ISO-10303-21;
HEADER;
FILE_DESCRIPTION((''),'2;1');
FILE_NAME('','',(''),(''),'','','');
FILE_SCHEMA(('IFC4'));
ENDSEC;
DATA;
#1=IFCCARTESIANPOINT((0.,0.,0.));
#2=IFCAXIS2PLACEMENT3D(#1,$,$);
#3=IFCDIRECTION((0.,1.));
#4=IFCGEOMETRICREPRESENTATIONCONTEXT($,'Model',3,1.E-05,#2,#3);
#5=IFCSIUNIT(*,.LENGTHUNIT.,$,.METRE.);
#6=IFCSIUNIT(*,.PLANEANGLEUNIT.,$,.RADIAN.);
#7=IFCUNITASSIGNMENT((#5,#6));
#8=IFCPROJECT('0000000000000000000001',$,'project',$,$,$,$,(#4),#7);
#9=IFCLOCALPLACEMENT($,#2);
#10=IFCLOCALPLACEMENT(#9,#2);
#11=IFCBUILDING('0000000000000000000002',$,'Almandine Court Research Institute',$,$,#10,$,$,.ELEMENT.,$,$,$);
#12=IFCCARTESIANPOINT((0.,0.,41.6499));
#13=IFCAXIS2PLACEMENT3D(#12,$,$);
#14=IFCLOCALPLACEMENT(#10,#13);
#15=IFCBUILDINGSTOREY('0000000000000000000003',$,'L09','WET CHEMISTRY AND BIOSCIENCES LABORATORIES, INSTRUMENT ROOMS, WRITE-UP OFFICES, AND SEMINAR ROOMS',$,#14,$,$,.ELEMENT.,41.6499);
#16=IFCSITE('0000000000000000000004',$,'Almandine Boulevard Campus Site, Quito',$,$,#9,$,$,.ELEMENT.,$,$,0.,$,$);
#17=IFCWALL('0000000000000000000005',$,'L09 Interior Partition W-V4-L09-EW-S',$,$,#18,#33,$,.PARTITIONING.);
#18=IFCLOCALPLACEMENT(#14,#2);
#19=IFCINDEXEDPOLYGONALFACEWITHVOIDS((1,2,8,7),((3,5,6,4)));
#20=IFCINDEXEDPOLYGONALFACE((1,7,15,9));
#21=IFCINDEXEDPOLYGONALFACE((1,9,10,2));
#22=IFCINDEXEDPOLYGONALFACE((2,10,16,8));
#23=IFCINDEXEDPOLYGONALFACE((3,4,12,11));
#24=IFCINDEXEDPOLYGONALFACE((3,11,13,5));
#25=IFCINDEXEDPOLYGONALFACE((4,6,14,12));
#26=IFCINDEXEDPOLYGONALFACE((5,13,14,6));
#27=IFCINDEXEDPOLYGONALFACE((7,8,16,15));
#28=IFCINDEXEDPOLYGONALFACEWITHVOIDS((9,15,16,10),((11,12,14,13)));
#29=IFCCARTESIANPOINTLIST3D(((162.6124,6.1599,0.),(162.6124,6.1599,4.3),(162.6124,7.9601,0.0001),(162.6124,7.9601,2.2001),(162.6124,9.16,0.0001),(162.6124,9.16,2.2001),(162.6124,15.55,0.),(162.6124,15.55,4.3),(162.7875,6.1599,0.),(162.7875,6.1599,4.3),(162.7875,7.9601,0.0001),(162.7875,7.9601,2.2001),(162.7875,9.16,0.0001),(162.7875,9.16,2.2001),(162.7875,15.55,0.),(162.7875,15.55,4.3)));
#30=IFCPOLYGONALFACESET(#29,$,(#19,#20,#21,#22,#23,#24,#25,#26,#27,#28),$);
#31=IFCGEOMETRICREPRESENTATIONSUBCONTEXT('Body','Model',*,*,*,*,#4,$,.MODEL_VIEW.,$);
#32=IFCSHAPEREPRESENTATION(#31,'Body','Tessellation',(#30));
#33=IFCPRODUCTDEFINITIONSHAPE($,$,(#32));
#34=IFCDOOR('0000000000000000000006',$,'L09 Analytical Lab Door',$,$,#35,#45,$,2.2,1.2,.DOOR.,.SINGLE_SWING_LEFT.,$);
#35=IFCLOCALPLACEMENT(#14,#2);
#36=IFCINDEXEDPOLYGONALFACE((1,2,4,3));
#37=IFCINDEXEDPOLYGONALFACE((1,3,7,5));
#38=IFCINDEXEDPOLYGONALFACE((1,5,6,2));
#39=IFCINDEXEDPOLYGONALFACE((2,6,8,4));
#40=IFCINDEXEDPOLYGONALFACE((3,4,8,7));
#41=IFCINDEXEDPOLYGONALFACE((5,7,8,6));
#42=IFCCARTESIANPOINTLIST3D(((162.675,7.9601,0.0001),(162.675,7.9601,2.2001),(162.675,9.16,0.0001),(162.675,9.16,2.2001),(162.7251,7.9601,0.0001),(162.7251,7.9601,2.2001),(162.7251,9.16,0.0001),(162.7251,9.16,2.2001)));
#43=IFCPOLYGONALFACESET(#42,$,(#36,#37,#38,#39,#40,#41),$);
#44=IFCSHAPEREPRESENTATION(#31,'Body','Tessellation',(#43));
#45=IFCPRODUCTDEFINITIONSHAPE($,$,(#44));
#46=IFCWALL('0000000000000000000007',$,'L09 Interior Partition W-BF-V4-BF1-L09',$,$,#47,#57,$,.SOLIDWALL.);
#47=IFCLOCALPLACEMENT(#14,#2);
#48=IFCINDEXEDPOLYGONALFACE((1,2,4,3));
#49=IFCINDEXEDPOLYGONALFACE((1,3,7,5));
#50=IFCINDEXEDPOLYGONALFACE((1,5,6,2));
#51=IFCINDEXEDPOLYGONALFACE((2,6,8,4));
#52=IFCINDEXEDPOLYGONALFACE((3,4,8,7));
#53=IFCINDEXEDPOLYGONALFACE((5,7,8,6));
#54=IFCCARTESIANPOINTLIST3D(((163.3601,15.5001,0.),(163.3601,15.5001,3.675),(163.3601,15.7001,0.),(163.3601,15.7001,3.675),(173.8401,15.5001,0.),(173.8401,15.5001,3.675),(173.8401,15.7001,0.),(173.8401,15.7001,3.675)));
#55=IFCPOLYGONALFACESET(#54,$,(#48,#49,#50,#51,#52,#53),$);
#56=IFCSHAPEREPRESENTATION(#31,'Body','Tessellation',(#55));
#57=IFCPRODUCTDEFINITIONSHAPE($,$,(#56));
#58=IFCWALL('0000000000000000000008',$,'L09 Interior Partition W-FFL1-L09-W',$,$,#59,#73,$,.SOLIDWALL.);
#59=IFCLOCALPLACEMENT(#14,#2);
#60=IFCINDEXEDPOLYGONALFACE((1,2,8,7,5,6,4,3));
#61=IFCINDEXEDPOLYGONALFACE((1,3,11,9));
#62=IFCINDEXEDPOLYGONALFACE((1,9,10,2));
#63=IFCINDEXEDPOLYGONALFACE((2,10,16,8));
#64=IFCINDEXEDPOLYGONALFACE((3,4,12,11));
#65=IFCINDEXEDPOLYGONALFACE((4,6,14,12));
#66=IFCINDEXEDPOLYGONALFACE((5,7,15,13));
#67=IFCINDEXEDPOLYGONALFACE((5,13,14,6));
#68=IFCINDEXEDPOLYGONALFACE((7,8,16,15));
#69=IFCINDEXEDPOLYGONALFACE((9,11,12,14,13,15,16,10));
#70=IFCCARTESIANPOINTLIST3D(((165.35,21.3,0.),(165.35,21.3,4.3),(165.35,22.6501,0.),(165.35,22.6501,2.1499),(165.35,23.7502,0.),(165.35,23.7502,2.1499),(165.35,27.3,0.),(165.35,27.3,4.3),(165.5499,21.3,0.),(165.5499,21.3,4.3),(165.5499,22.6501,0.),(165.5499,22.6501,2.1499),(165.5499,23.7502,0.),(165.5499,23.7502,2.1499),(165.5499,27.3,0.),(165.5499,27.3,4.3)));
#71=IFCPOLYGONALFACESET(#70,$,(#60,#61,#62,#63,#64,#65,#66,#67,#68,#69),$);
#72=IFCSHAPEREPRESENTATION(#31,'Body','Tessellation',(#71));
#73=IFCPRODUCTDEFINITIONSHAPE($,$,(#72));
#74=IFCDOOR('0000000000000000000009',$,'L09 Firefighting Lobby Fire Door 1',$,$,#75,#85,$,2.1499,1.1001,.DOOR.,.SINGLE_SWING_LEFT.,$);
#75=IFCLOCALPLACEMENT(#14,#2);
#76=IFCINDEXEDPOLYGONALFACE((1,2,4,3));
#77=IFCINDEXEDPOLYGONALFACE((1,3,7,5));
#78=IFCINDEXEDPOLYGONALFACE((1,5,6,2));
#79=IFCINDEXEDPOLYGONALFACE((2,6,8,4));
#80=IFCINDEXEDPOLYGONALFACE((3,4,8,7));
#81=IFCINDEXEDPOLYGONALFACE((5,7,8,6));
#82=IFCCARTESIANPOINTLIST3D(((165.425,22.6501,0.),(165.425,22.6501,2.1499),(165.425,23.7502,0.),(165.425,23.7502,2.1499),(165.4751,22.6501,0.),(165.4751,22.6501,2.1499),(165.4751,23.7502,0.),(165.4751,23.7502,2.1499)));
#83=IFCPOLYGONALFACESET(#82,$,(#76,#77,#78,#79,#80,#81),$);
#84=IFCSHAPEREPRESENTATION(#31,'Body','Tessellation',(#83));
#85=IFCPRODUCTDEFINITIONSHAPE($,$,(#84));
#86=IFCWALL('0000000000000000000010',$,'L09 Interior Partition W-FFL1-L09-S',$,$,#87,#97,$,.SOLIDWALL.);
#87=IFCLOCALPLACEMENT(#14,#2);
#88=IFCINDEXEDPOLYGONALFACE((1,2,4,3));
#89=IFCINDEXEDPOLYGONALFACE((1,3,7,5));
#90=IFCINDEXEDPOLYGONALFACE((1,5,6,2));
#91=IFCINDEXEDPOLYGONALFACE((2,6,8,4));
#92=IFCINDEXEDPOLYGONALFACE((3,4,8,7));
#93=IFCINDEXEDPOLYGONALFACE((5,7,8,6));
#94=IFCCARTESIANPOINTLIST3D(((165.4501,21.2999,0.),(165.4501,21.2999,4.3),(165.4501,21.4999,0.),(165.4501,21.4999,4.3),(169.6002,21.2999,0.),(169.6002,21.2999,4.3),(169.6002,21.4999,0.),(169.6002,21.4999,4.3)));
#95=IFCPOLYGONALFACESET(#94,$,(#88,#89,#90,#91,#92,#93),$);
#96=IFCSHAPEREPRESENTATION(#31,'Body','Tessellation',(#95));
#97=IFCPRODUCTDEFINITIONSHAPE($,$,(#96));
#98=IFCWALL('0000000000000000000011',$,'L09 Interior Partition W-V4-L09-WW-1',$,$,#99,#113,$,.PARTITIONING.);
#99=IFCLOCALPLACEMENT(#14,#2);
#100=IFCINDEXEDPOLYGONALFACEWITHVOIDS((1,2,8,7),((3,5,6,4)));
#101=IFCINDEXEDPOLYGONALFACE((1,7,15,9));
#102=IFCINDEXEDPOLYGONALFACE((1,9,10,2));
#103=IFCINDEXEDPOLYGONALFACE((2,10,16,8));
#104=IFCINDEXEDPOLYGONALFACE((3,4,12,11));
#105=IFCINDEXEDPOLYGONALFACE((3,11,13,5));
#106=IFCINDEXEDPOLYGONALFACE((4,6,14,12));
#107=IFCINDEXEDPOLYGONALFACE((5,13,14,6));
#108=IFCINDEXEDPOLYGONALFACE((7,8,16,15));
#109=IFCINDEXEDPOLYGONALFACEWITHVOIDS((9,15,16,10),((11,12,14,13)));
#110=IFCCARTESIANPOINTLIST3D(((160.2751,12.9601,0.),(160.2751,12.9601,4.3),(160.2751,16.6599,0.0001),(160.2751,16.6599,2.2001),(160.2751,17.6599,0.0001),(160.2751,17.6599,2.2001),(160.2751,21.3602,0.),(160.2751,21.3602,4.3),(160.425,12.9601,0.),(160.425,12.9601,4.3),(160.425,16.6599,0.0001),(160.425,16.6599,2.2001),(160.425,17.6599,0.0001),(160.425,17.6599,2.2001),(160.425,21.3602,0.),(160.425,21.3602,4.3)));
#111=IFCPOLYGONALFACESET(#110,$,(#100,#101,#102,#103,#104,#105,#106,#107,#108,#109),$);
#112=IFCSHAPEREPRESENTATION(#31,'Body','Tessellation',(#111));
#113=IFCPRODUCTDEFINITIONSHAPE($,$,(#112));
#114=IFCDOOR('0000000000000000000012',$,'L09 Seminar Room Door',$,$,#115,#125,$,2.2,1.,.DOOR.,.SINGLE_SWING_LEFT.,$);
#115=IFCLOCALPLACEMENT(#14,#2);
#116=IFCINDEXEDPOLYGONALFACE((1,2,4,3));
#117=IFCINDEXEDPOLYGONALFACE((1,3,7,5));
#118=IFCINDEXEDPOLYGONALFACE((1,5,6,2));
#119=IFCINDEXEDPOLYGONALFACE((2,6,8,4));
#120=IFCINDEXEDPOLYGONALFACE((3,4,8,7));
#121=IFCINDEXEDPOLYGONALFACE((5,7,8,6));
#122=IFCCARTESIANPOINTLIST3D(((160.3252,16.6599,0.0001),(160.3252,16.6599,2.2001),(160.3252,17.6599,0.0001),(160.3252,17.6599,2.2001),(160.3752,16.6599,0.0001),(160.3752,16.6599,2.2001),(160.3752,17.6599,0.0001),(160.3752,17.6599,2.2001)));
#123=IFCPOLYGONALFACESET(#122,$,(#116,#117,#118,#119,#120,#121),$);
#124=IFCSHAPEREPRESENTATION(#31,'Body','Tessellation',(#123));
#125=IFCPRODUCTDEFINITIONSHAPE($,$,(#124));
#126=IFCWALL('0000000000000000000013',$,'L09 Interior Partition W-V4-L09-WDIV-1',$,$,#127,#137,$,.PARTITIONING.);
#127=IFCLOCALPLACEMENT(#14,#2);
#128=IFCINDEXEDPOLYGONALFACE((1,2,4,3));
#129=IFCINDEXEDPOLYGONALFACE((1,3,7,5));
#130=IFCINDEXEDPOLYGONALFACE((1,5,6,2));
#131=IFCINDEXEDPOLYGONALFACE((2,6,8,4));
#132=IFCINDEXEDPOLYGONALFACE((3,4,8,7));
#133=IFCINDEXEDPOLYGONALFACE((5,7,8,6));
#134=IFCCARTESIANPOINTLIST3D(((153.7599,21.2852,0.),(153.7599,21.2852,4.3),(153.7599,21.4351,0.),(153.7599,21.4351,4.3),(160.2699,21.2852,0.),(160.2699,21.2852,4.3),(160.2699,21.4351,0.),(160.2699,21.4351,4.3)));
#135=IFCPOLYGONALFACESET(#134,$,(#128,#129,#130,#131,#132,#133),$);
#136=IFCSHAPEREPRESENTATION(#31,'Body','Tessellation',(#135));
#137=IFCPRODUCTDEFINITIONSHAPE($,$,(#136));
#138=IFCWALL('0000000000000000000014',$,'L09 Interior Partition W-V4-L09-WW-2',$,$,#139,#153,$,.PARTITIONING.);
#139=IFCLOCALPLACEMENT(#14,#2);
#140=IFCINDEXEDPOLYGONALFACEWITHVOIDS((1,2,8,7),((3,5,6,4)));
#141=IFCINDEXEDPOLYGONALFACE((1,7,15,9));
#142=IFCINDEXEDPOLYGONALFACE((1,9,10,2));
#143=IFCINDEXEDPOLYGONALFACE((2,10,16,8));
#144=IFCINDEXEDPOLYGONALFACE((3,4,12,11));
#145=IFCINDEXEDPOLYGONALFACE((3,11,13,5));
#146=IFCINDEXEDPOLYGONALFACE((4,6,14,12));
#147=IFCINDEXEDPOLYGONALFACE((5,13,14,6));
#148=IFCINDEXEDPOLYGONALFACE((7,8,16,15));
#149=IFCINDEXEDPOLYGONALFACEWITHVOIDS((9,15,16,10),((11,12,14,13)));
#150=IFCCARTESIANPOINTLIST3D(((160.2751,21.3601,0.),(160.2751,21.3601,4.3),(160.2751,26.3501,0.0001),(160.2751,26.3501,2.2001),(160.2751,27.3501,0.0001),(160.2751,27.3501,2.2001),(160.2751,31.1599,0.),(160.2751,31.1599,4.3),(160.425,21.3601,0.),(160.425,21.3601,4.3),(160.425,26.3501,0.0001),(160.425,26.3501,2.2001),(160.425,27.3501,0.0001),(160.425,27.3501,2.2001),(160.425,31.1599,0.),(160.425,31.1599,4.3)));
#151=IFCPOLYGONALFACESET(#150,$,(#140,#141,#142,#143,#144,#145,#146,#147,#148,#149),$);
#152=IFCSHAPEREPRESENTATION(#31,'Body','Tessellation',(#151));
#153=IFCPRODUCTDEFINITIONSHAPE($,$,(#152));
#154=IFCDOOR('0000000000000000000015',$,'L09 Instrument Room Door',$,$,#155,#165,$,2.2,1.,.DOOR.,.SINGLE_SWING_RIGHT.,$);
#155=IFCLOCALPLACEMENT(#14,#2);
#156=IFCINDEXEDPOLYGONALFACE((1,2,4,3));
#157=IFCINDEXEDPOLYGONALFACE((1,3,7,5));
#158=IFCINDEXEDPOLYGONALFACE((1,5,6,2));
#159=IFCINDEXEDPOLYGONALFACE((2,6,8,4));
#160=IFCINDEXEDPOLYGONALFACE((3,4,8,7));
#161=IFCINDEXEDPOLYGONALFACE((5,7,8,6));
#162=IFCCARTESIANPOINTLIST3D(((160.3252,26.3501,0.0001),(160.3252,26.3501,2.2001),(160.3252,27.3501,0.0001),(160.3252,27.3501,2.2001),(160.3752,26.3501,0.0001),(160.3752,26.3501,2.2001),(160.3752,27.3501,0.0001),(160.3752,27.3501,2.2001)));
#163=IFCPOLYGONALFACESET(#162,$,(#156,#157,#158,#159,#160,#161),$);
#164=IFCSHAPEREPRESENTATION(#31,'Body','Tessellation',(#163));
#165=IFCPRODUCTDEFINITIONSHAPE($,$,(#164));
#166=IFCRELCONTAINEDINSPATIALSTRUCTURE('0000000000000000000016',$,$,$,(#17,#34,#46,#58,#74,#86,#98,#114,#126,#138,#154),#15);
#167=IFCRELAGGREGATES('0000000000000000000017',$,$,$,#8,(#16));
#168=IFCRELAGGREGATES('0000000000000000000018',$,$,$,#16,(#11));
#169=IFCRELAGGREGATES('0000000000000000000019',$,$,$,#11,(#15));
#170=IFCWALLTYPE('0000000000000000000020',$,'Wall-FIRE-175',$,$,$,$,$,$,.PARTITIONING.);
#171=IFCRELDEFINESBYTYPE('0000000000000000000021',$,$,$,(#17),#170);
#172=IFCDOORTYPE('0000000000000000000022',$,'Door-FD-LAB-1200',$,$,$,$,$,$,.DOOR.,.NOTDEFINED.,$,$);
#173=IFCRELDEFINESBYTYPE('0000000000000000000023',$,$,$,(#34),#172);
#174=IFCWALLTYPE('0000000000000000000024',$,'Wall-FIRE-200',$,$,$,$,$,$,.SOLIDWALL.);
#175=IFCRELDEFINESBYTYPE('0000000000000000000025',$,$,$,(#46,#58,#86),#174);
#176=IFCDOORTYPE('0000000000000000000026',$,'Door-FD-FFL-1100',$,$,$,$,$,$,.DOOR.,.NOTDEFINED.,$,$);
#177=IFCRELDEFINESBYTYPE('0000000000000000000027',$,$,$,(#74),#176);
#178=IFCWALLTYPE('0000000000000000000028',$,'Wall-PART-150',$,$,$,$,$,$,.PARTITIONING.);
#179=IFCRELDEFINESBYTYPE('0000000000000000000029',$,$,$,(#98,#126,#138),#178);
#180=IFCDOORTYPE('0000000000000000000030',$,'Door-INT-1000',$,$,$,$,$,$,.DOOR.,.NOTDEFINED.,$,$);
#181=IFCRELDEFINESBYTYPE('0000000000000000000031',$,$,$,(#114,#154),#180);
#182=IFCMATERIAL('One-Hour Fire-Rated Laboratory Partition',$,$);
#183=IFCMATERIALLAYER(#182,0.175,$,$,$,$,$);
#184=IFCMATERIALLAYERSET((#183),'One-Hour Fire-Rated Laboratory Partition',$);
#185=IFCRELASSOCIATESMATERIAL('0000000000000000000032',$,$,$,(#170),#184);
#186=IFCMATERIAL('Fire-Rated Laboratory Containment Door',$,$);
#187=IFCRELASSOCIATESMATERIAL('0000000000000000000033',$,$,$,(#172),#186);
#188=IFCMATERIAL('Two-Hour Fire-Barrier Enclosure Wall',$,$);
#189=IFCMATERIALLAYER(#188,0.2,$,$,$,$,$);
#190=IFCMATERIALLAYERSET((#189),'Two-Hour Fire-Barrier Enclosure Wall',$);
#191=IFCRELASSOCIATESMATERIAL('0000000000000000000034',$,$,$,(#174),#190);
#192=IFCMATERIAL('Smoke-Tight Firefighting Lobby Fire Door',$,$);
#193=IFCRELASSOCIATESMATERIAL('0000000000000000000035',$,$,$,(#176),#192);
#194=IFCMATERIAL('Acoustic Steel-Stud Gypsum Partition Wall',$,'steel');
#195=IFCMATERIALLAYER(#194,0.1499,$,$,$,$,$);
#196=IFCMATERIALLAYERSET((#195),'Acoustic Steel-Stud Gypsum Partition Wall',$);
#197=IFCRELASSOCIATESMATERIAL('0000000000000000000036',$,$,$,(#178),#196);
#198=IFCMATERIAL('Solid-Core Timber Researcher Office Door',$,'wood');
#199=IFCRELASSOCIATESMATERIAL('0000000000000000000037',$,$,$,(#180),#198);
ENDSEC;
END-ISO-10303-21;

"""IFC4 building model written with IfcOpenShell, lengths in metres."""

from ifc_helpers import new_model, si_unit, direction, frame, frame_2d, origin, place, context, subcontext, project, spatial, rectangle, extrude, material, layer, layer_set, type_object, element, fill, save


model = new_model("IFC4")

# Units and contexts
model_context = context("Model", 3, precision=1e-05, world=origin(), true_north=direction((0.0, 1.0)))
body_context = subcontext(model_context, "Body", "Model", "MODEL_VIEW")
ifc_project = project(units=[si_unit("LENGTHUNIT", "METRE"), si_unit("PLANEANGLEUNIT", "RADIAN")], contexts=[model_context])

# Site, building, storey
site_placement = place(None, origin())
site = spatial("IfcSite", under=ifc_project, at=site_placement, Name="Almandine Boulevard Campus Site, Quito", CompositionType="ELEMENT", RefElevation=0.0)
building_placement = place(site_placement, origin())
building = spatial("IfcBuilding", under=site, at=building_placement, Name="Almandine Court Research Institute", CompositionType="ELEMENT")
storey_placement = place(building_placement, frame((0.0, 0.0, 41.6499)))
storey = spatial("IfcBuildingStorey", under=building, at=storey_placement, Name="L09", Description="WET CHEMISTRY AND BIOSCIENCES LABORATORIES, INSTRUMENT ROOMS, WRITE-UP OFFICES, AND SEMINAR ROOMS", CompositionType="ELEMENT", Elevation=41.6499)

# Wall, opening, door
ifc_material_1 = material(Name="One-Hour Fire-Rated Laboratory Partition")
ifc_layer_1 = layer(ifc_material_1, 0.175)
ifc_layer_set_1 = layer_set([ifc_layer_1], Name="One-Hour Fire-Rated Laboratory Partition")
wall_type_1 = type_object("IfcWallType", Name="Wall-FIRE-175", PredefinedType="PARTITIONING", material=ifc_layer_set_1)
ifc_material_2 = material(Name="Fire-Rated Laboratory Containment Door")
door_type_1 = type_object("IfcDoorType", Name="Door-FD-LAB-1200", OperationType="NOTDEFINED", PredefinedType="DOOR", material=ifc_material_2)
wall_1_placement = place(storey_placement, frame((162.7, 6.1599, 0.0), z_axis=(0.0, 0.0, 1.0), x_axis=(0.0, 1.0, 0.0)))
wall_1 = element("IfcWall", 1, at=wall_1_placement, inside=storey, type_object=wall_type_1, Name="L09 Interior Partition W-V4-L09-EW-S", PredefinedType="PARTITIONING", context=body_context, shape_type="SweptSolid", body=[
    extrude(rectangle(XDim=9.3901, YDim=0.175, at=frame_2d((4.6951, 0.0))), origin(), (0.0, 0.0, 1.0), 4.3),
])
opening_1_placement = place(wall_1_placement, frame((1.8, 0.0, 0.0)))
opening_1 = element("IfcOpeningElement", 2, at=opening_1_placement, cuts=wall_1, PredefinedType="OPENING", context=body_context, shape_type="SweptSolid", body=[
    extrude(rectangle(XDim=1.2, YDim=2.2, at=frame_2d((0.6001, 1.1001))), frame((0.0, 0.0974, 0.0), z_axis=(0.0, -1.0, 0.0), x_axis=(1.0, 0.0, 0.0)), (0.0, 0.0, 1.0), 0.1951),
])
door_1_placement = place(opening_1_placement, origin())
door_1 = element("IfcDoor", 3, at=door_1_placement, inside=storey, type_object=door_type_1, Name="L09 Analytical Lab Door", OperationType="SINGLE_SWING_LEFT", OverallHeight=2.2, OverallWidth=1.2, PredefinedType="DOOR", context=body_context, shape_type="SweptSolid", body=[
    extrude(rectangle(XDim=1.2, YDim=2.2, at=frame_2d((0.6001, 1.1001))), frame((0.0, 0.0249, 0.0), z_axis=(0.0, -1.0, 0.0), x_axis=(1.0, 0.0, 0.0)), (0.0, 0.0, 1.0), 0.05),
])
fill(opening_1, door_1)

# Wall
ifc_material_3 = material(Name="Two-Hour Fire-Barrier Enclosure Wall")
ifc_layer_2 = layer(ifc_material_3, 0.2)
ifc_layer_set_2 = layer_set([ifc_layer_2], Name="Two-Hour Fire-Barrier Enclosure Wall")
wall_type_2 = type_object("IfcWallType", Name="Wall-FIRE-200", PredefinedType="SOLIDWALL", material=ifc_layer_set_2)
wall_2_placement = place(storey_placement, frame((163.3601, 15.6001, 0.0), z_axis=(0.0, 0.0, 1.0), x_axis=(1.0, 0.0, 0.0)))
element("IfcWall", 4, at=wall_2_placement, inside=storey, type_object=wall_type_2, Name="L09 Interior Partition W-BF-V4-BF1-L09", PredefinedType="SOLIDWALL", context=body_context, shape_type="SweptSolid", body=[
    extrude(rectangle(XDim=10.48, YDim=0.2, at=frame_2d((5.24, 0.0))), origin(), (0.0, 0.0, 1.0), 3.675),
])

# Wall, opening, door
wall_3_placement = place(storey_placement, frame((165.45, 21.3, 0.0), z_axis=(0.0, 0.0, 1.0), x_axis=(0.0, 1.0, 0.0)))
wall_3 = element("IfcWall", 5, at=wall_3_placement, inside=storey, type_object=wall_type_2, Name="L09 Interior Partition W-FFL1-L09-W", PredefinedType="SOLIDWALL", context=body_context, shape_type="SweptSolid", body=[
    extrude(rectangle(XDim=6.0, YDim=0.2, at=frame_2d((3.0, 0.0))), origin(), (0.0, 0.0, 1.0), 4.3),
])
opening_2_placement = place(wall_3_placement, frame((1.3501, 0.0, 0.0)))
opening_2 = element("IfcOpeningElement", 6, at=opening_2_placement, cuts=wall_3, PredefinedType="OPENING", context=body_context, shape_type="SweptSolid", body=[
    extrude(rectangle(XDim=1.1001, YDim=2.1499, at=frame_2d((0.55, 1.075))), frame((0.0, 0.1099, 0.0), z_axis=(0.0, -1.0, 0.0), x_axis=(1.0, 0.0, 0.0)), (0.0, 0.0, 1.0), 0.22),
])
ifc_material_4 = material(Name="Smoke-Tight Firefighting Lobby Fire Door")
door_type_2 = type_object("IfcDoorType", Name="Door-FD-FFL-1100", OperationType="NOTDEFINED", PredefinedType="DOOR", material=ifc_material_4)
door_2_placement = place(opening_2_placement, origin())
door_2 = element("IfcDoor", 7, at=door_2_placement, inside=storey, type_object=door_type_2, Name="L09 Firefighting Lobby Fire Door 1", OperationType="SINGLE_SWING_LEFT", OverallHeight=2.1499, OverallWidth=1.1001, PredefinedType="DOOR", context=body_context, shape_type="SweptSolid", body=[
    extrude(rectangle(XDim=1.1001, YDim=2.1499, at=frame_2d((0.55, 1.075))), frame((0.0, 0.0249, 0.0), z_axis=(0.0, -1.0, 0.0), x_axis=(1.0, 0.0, 0.0)), (0.0, 0.0, 1.0), 0.05),
])
fill(opening_2, door_2)

# Wall
wall_4_placement = place(storey_placement, frame((165.45, 21.3999, 0.0), z_axis=(0.0, 0.0, 1.0), x_axis=(1.0, 0.0, 0.0)))
element("IfcWall", 8, at=wall_4_placement, inside=storey, type_object=wall_type_2, Name="L09 Interior Partition W-FFL1-L09-S", PredefinedType="SOLIDWALL", context=body_context, shape_type="SweptSolid", body=[
    extrude(rectangle(XDim=4.1501, YDim=0.2, at=frame_2d((2.0752, 0.0))), origin(), (0.0, 0.0, 1.0), 4.3),
])

# Wall, opening, door
ifc_material_5 = material(Name="Acoustic Steel-Stud Gypsum Partition Wall", Category="steel")
ifc_layer_3 = layer(ifc_material_5, 0.1499)
ifc_layer_set_3 = layer_set([ifc_layer_3], Name="Acoustic Steel-Stud Gypsum Partition Wall")
wall_type_3 = type_object("IfcWallType", Name="Wall-PART-150", PredefinedType="PARTITIONING", material=ifc_layer_set_3)
wall_5_placement = place(storey_placement, frame((160.3501, 12.96, 0.0), z_axis=(0.0, 0.0, 1.0), x_axis=(0.0, 1.0, 0.0)))
wall_5 = element("IfcWall", 9, at=wall_5_placement, inside=storey, type_object=wall_type_3, Name="L09 Interior Partition W-V4-L09-WW-1", PredefinedType="PARTITIONING", context=body_context, shape_type="SweptSolid", body=[
    extrude(rectangle(XDim=8.4001, YDim=0.1499, at=frame_2d((4.2002, 0.0))), origin(), (0.0, 0.0, 1.0), 4.3),
])
opening_3_placement = place(wall_5_placement, frame((3.7, 0.0, 0.0)))
opening_3 = element("IfcOpeningElement", 10, at=opening_3_placement, cuts=wall_5, PredefinedType="OPENING", context=body_context, shape_type="SweptSolid", body=[
    extrude(rectangle(XDim=1.0, YDim=2.2, at=frame_2d((0.5, 1.1001))), frame((0.0, 0.085, 0.0), z_axis=(0.0, -1.0, 0.0), x_axis=(1.0, 0.0, 0.0)), (0.0, 0.0, 1.0), 0.1699),
])
ifc_material_6 = material(Name="Solid-Core Timber Researcher Office Door", Category="wood")
door_type_3 = type_object("IfcDoorType", Name="Door-INT-1000", OperationType="NOTDEFINED", PredefinedType="DOOR", material=ifc_material_6)
door_3_placement = place(opening_3_placement, origin())
door_3 = element("IfcDoor", 11, at=door_3_placement, inside=storey, type_object=door_type_3, Name="L09 Seminar Room Door", OperationType="SINGLE_SWING_LEFT", OverallHeight=2.2, OverallWidth=1.0, PredefinedType="DOOR", context=body_context, shape_type="SweptSolid", body=[
    extrude(rectangle(XDim=1.0, YDim=2.2, at=frame_2d((0.5, 1.1001))), frame((0.0, 0.0249, 0.0), z_axis=(0.0, -1.0, 0.0), x_axis=(1.0, 0.0, 0.0)), (0.0, 0.0, 1.0), 0.05),
])
fill(opening_3, door_3)

# Wall
wall_6_placement = place(storey_placement, frame((153.76, 21.3601, 0.0), z_axis=(0.0, 0.0, 1.0), x_axis=(1.0, 0.0, 0.0)))
element("IfcWall", 12, at=wall_6_placement, inside=storey, type_object=wall_type_3, Name="L09 Interior Partition W-V4-L09-WDIV-1", PredefinedType="PARTITIONING", context=body_context, shape_type="SweptSolid", body=[
    extrude(rectangle(XDim=6.51, YDim=0.1499, at=frame_2d((3.2549, 0.0))), origin(), (0.0, 0.0, 1.0), 4.3),
])

# Wall, opening, door
wall_7_placement = place(storey_placement, frame((160.3501, 21.3601, 0.0), z_axis=(0.0, 0.0, 1.0), x_axis=(0.0, 1.0, 0.0)))
wall_7 = element("IfcWall", 13, at=wall_7_placement, inside=storey, type_object=wall_type_3, Name="L09 Interior Partition W-V4-L09-WW-2", PredefinedType="PARTITIONING", context=body_context, shape_type="SweptSolid", body=[
    extrude(rectangle(XDim=9.7998, YDim=0.1499, at=frame_2d((4.8999, 0.0))), origin(), (0.0, 0.0, 1.0), 4.3),
])
opening_4_placement = place(wall_7_placement, frame((4.99, 0.0, 0.0)))
opening_4 = element("IfcOpeningElement", 14, at=opening_4_placement, cuts=wall_7, PredefinedType="OPENING", context=body_context, shape_type="SweptSolid", body=[
    extrude(rectangle(XDim=1.0, YDim=2.2, at=frame_2d((0.5, 1.1001))), frame((0.0, 0.085, 0.0), z_axis=(0.0, -1.0, 0.0), x_axis=(1.0, 0.0, 0.0)), (0.0, 0.0, 1.0), 0.1699),
])
door_4_placement = place(opening_4_placement, origin())
door_4 = element("IfcDoor", 15, at=door_4_placement, inside=storey, type_object=door_type_3, Name="L09 Instrument Room Door", OperationType="SINGLE_SWING_RIGHT", OverallHeight=2.2, OverallWidth=1.0, PredefinedType="DOOR", context=body_context, shape_type="SweptSolid", body=[
    extrude(rectangle(XDim=1.0, YDim=2.2, at=frame_2d((0.5, 1.1001))), frame((0.0, 0.0249, 0.0), z_axis=(0.0, -1.0, 0.0), x_axis=(1.0, 0.0, 0.0)), (0.0, 0.0, 1.0), 0.05),
])
fill(opening_4, door_4)

save(model, "model.ifc")
